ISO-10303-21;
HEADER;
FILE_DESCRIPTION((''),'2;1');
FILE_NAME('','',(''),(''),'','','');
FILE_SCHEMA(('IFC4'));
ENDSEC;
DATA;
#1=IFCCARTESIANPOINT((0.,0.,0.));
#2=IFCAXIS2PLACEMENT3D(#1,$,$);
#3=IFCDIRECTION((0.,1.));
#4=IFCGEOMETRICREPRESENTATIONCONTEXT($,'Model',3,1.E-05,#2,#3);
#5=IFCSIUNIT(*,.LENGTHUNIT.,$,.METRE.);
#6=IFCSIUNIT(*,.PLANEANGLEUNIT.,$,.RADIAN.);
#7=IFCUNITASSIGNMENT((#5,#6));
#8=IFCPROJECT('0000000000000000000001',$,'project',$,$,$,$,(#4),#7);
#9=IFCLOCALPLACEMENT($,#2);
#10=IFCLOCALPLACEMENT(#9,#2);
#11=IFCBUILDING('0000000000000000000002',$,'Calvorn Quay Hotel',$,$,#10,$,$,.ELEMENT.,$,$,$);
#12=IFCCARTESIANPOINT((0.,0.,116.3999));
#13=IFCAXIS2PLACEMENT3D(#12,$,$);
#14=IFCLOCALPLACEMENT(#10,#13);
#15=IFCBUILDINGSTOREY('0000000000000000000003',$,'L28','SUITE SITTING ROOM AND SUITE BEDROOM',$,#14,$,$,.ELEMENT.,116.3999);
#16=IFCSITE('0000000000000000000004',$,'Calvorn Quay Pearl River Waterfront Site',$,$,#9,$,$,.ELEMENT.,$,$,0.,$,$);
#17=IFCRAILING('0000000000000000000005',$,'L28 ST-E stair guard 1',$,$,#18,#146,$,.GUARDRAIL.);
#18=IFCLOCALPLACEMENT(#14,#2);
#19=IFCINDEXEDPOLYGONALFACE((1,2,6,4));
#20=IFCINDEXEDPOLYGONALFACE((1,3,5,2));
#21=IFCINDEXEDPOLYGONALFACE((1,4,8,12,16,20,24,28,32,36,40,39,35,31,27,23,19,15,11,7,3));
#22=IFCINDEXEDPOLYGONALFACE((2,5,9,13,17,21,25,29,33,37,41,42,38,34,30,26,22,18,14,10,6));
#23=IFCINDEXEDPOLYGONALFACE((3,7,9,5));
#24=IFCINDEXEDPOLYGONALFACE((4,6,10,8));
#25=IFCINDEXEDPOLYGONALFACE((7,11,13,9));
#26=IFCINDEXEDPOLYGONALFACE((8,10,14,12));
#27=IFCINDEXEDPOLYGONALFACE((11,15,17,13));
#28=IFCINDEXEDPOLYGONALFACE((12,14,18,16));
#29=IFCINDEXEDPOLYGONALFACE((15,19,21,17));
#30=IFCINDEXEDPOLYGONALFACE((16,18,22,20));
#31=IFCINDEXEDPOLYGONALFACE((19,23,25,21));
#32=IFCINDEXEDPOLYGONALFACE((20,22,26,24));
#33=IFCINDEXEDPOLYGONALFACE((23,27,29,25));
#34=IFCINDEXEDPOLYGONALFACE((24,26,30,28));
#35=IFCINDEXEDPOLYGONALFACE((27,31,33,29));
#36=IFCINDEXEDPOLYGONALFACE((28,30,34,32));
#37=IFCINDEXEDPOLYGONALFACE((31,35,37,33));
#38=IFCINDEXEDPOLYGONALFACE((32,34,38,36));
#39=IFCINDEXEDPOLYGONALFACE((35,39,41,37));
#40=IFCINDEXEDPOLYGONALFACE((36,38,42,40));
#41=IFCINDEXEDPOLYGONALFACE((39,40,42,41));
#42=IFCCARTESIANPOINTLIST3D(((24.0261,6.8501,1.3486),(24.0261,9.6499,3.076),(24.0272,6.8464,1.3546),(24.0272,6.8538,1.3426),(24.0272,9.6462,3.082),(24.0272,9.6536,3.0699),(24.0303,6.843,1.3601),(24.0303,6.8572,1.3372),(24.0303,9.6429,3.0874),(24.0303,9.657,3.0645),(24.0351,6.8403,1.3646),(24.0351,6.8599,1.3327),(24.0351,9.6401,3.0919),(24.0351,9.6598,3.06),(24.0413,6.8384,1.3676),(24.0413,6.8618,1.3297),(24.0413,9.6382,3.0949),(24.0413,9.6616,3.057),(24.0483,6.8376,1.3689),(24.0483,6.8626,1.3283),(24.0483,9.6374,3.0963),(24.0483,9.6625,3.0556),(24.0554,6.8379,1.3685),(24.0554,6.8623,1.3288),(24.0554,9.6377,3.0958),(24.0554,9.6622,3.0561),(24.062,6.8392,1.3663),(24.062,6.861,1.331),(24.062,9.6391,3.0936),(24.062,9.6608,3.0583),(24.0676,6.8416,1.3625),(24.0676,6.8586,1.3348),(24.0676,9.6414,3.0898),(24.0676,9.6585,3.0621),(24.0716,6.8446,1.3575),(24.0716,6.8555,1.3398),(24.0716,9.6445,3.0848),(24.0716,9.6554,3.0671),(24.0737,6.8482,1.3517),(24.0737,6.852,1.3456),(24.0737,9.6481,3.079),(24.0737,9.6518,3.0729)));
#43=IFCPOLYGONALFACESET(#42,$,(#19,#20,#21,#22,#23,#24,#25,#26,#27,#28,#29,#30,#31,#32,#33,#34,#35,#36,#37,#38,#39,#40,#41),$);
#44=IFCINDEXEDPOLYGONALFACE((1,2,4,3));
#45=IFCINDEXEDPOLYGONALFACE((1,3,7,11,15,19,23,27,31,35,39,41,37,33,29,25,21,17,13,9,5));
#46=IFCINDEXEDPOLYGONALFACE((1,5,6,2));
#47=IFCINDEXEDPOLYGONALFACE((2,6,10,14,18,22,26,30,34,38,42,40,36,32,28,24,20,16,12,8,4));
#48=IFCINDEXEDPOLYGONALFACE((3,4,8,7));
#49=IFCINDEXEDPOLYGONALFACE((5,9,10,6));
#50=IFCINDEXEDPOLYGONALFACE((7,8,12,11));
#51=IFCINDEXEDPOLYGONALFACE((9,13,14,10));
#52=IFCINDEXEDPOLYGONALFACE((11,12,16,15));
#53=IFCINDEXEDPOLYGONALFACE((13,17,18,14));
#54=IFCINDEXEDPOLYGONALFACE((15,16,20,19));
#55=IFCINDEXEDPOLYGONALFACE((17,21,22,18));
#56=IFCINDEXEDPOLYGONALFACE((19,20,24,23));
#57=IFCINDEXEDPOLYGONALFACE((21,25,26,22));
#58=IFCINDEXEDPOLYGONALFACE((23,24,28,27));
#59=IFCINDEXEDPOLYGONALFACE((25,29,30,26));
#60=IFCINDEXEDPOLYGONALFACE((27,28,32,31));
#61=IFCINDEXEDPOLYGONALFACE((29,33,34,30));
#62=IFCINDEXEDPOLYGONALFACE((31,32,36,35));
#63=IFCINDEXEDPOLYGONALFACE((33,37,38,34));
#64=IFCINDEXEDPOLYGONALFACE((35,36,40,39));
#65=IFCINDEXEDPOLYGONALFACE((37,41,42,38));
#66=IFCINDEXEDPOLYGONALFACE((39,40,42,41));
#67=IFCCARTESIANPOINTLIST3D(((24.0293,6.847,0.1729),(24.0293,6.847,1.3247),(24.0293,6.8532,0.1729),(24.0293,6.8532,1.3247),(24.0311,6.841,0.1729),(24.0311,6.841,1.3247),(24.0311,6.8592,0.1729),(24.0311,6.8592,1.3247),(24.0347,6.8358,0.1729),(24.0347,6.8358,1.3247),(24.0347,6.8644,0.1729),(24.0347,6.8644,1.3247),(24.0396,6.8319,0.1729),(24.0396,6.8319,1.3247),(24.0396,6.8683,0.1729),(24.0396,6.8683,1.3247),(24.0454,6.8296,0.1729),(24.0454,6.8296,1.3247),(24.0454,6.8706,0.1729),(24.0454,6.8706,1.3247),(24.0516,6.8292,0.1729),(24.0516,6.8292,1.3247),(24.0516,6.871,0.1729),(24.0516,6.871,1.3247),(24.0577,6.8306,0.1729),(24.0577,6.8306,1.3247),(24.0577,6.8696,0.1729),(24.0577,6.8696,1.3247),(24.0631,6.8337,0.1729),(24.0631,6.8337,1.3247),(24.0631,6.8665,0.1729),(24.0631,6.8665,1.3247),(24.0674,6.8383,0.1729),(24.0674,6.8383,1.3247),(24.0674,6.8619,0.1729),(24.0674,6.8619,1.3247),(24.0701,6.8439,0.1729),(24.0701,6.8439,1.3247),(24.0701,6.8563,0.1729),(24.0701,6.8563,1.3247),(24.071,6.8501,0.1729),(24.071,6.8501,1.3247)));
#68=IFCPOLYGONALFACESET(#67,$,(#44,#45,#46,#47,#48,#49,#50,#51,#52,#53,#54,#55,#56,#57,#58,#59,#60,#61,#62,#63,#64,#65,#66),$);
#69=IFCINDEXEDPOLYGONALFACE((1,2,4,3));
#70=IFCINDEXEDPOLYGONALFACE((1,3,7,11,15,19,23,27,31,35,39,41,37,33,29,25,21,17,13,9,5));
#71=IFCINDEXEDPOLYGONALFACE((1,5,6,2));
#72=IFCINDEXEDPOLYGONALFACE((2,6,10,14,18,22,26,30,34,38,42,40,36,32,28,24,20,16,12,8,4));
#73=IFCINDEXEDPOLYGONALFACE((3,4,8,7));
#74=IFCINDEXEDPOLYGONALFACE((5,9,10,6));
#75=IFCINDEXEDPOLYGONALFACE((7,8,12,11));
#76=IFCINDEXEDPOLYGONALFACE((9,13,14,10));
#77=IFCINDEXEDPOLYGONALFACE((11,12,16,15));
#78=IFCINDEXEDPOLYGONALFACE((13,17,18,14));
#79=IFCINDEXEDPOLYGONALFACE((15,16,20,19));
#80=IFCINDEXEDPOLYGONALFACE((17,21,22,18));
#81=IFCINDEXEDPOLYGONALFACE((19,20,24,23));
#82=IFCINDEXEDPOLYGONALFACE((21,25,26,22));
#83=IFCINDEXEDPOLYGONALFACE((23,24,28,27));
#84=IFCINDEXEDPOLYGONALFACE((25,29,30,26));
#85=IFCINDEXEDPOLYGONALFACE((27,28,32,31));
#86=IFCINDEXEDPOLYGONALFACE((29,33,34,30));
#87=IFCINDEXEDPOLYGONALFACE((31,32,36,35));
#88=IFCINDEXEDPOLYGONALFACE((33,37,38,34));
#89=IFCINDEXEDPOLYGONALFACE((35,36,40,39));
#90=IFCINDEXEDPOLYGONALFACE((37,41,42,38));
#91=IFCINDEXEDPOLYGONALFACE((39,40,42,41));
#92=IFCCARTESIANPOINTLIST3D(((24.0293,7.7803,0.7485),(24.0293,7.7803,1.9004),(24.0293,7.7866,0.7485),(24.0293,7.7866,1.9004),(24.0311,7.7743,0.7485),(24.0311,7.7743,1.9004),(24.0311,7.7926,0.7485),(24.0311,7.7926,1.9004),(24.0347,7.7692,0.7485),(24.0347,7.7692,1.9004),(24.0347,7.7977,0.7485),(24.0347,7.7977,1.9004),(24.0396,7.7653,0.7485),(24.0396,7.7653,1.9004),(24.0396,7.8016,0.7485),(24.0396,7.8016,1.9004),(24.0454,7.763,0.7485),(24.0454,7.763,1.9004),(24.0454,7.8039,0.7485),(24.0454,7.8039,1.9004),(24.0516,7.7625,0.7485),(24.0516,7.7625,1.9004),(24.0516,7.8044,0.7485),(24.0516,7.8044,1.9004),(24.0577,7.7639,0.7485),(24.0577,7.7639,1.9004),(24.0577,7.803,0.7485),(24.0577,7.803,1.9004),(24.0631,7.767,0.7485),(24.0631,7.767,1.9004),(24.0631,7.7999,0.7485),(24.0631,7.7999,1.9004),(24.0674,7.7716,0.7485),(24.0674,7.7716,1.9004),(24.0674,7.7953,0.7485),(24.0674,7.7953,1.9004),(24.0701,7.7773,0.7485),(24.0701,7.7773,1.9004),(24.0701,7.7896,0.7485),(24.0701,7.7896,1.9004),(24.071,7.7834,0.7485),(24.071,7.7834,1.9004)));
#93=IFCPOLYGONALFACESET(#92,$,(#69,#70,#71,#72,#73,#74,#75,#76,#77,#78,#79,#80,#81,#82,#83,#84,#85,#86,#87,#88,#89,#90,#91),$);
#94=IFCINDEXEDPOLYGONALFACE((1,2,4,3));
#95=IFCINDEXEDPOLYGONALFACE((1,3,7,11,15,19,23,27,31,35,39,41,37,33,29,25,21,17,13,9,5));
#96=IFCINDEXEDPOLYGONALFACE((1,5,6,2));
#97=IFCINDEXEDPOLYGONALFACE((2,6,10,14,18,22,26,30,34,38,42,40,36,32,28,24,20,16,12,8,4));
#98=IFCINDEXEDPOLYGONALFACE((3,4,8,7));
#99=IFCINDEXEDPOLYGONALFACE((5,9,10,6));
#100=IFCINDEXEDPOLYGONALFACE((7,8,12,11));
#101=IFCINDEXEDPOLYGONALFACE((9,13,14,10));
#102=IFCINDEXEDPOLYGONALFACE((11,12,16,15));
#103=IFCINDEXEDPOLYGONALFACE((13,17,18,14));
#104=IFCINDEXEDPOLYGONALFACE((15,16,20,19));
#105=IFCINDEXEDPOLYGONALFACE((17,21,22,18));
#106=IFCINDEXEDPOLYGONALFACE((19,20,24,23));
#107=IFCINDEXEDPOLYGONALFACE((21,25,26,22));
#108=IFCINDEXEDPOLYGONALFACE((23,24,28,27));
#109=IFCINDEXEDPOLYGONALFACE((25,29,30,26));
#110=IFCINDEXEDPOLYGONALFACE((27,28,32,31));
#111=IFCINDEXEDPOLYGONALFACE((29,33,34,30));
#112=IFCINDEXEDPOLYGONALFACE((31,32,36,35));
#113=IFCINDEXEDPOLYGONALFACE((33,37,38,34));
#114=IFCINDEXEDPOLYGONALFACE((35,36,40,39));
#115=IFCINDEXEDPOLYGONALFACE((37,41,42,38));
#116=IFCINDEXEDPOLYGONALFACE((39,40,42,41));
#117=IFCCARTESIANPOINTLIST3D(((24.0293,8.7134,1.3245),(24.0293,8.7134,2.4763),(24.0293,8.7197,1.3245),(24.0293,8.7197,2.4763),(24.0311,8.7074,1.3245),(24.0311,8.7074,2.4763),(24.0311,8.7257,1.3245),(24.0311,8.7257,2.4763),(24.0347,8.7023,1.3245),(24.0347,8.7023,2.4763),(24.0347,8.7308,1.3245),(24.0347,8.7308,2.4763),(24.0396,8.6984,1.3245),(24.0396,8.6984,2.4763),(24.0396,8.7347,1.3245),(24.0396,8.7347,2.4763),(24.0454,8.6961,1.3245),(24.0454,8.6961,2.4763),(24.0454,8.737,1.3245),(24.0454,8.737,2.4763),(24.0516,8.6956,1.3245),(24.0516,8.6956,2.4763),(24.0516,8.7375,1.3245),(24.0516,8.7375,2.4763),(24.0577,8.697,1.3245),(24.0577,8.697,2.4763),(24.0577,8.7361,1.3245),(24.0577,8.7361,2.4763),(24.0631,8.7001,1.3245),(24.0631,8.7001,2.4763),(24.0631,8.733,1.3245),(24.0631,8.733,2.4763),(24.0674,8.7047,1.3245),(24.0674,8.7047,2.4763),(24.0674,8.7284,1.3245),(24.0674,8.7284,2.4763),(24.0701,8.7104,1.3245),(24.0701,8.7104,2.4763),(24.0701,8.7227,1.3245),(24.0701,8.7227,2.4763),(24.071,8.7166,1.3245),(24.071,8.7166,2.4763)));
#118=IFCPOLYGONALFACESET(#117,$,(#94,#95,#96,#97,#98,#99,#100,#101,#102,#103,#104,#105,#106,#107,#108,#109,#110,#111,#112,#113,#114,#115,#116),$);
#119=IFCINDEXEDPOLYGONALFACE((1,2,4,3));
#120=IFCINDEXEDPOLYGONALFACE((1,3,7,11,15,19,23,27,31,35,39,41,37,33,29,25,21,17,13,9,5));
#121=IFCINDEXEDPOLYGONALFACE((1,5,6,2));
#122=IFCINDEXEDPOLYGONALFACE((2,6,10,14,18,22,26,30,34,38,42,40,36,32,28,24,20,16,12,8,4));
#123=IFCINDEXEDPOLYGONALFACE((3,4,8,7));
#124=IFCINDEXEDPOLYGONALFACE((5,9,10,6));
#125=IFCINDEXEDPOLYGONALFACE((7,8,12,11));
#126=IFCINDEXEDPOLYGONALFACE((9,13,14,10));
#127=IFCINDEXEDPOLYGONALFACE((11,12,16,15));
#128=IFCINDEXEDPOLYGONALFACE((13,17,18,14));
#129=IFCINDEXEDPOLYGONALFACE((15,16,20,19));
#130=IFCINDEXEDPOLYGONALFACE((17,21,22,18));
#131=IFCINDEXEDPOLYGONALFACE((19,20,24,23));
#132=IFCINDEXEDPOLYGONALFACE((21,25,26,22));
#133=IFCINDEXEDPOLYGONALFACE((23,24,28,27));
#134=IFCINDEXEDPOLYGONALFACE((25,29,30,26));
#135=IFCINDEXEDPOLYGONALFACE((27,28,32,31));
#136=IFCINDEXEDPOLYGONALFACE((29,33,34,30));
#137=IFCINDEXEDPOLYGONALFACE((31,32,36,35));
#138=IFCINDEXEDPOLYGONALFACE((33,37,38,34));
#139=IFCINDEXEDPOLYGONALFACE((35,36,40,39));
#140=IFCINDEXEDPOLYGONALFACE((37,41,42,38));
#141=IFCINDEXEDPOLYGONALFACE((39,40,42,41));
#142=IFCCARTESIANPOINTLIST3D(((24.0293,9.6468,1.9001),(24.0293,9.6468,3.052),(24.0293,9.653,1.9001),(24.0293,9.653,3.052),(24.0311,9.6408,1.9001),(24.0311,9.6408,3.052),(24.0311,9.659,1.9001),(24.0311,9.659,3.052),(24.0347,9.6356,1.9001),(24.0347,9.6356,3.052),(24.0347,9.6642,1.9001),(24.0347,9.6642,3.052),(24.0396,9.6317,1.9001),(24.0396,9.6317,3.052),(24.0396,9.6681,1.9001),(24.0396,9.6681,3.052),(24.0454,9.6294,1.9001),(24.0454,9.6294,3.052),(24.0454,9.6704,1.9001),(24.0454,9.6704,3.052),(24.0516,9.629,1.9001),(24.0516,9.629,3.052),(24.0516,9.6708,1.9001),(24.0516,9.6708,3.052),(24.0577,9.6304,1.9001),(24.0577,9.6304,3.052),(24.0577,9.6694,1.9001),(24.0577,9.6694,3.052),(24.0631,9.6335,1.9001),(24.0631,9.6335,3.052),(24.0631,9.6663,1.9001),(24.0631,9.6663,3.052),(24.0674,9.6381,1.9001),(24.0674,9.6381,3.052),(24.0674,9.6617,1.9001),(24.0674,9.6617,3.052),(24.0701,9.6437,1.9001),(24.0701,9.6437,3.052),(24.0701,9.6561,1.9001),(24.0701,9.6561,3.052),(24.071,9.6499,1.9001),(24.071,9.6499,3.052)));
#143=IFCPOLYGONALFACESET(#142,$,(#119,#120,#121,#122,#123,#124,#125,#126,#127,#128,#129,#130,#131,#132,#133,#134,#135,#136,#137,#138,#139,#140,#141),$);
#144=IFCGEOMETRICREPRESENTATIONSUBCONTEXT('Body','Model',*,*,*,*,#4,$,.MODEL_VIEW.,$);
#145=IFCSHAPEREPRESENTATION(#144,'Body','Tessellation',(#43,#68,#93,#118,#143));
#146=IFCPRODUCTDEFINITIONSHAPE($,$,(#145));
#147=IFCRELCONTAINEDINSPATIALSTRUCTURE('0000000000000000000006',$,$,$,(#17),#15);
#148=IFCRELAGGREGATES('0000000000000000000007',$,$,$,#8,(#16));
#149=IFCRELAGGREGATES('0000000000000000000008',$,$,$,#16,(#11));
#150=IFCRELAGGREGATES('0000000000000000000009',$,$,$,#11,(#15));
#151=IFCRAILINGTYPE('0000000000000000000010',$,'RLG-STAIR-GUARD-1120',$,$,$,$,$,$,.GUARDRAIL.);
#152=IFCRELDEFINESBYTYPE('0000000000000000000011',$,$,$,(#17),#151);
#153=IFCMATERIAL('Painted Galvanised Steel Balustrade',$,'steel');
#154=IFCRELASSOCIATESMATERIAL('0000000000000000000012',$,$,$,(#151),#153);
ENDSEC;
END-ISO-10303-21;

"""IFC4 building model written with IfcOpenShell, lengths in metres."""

from ifc_helpers import new_model, si_unit, direction, frame, origin, origin_2d, place, context, subcontext, project, spatial, circle, extrude, material, type_object, element, save


model = new_model("IFC4")

# Units and contexts
model_context = context("Model", 3, precision=1e-05, world=origin(), true_north=direction((0.0, 1.0)))
body_context = subcontext(model_context, "Body", "Model", "MODEL_VIEW")
ifc_project = project(units=[si_unit("LENGTHUNIT", "METRE"), si_unit("PLANEANGLEUNIT", "RADIAN")], contexts=[model_context])

# Site, building, storey
site_placement = place(None, origin())
site = spatial("IfcSite", under=ifc_project, at=site_placement, Name="Calvorn Quay Pearl River Waterfront Site", CompositionType="ELEMENT", RefElevation=0.0)
building_placement = place(site_placement, origin())
building = spatial("IfcBuilding", under=site, at=building_placement, Name="Calvorn Quay Hotel", CompositionType="ELEMENT")
storey_placement = place(building_placement, frame((0.0, 0.0, 116.3999)))
storey = spatial("IfcBuildingStorey", under=building, at=storey_placement, Name="L28", Description="SUITE SITTING ROOM AND SUITE BEDROOM", CompositionType="ELEMENT", Elevation=116.3999)

# Railing
ifc_material_1 = material(Name="Painted Galvanised Steel Balustrade", Category="steel")
railing_type_1 = type_object("IfcRailingType", Name="RLG-STAIR-GUARD-1120", PredefinedType="GUARDRAIL", material=ifc_material_1)
railing_1_placement = place(storey_placement, frame((24.05, 6.8501, 0.1729)))
element("IfcRailing", 1, at=railing_1_placement, inside=storey, type_object=railing_type_1, Name="L28 ST-E stair guard 1", PredefinedType="GUARDRAIL", context=body_context, shape_type="SweptSolid", body=[
    extrude(circle(Radius=0.0239, at=origin_2d()), frame((0.0, 0.0, 1.1758), z_axis=(0.0, 0.851069, 0.525054), x_axis=(-1.0, 0.0, 0.0)), (0.0, 0.0, 1.0), 3.2898),
    extrude(circle(Radius=0.021, at=origin_2d()), origin(), (0.0, 0.0, 1.0), 1.1519),
    extrude(circle(Radius=0.021, at=origin_2d()), frame((0.0, 0.9333, 0.5757)), (0.0, 0.0, 1.0), 1.1519),
    extrude(circle(Radius=0.021, at=origin_2d()), frame((0.0, 1.8665, 1.1516)), (0.0, 0.0, 1.0), 1.1519),
    extrude(circle(Radius=0.021, at=origin_2d()), frame((0.0, 2.7998, 1.7273)), (0.0, 0.0, 1.0), 1.1519),
])

save(model, "model.ifc")
